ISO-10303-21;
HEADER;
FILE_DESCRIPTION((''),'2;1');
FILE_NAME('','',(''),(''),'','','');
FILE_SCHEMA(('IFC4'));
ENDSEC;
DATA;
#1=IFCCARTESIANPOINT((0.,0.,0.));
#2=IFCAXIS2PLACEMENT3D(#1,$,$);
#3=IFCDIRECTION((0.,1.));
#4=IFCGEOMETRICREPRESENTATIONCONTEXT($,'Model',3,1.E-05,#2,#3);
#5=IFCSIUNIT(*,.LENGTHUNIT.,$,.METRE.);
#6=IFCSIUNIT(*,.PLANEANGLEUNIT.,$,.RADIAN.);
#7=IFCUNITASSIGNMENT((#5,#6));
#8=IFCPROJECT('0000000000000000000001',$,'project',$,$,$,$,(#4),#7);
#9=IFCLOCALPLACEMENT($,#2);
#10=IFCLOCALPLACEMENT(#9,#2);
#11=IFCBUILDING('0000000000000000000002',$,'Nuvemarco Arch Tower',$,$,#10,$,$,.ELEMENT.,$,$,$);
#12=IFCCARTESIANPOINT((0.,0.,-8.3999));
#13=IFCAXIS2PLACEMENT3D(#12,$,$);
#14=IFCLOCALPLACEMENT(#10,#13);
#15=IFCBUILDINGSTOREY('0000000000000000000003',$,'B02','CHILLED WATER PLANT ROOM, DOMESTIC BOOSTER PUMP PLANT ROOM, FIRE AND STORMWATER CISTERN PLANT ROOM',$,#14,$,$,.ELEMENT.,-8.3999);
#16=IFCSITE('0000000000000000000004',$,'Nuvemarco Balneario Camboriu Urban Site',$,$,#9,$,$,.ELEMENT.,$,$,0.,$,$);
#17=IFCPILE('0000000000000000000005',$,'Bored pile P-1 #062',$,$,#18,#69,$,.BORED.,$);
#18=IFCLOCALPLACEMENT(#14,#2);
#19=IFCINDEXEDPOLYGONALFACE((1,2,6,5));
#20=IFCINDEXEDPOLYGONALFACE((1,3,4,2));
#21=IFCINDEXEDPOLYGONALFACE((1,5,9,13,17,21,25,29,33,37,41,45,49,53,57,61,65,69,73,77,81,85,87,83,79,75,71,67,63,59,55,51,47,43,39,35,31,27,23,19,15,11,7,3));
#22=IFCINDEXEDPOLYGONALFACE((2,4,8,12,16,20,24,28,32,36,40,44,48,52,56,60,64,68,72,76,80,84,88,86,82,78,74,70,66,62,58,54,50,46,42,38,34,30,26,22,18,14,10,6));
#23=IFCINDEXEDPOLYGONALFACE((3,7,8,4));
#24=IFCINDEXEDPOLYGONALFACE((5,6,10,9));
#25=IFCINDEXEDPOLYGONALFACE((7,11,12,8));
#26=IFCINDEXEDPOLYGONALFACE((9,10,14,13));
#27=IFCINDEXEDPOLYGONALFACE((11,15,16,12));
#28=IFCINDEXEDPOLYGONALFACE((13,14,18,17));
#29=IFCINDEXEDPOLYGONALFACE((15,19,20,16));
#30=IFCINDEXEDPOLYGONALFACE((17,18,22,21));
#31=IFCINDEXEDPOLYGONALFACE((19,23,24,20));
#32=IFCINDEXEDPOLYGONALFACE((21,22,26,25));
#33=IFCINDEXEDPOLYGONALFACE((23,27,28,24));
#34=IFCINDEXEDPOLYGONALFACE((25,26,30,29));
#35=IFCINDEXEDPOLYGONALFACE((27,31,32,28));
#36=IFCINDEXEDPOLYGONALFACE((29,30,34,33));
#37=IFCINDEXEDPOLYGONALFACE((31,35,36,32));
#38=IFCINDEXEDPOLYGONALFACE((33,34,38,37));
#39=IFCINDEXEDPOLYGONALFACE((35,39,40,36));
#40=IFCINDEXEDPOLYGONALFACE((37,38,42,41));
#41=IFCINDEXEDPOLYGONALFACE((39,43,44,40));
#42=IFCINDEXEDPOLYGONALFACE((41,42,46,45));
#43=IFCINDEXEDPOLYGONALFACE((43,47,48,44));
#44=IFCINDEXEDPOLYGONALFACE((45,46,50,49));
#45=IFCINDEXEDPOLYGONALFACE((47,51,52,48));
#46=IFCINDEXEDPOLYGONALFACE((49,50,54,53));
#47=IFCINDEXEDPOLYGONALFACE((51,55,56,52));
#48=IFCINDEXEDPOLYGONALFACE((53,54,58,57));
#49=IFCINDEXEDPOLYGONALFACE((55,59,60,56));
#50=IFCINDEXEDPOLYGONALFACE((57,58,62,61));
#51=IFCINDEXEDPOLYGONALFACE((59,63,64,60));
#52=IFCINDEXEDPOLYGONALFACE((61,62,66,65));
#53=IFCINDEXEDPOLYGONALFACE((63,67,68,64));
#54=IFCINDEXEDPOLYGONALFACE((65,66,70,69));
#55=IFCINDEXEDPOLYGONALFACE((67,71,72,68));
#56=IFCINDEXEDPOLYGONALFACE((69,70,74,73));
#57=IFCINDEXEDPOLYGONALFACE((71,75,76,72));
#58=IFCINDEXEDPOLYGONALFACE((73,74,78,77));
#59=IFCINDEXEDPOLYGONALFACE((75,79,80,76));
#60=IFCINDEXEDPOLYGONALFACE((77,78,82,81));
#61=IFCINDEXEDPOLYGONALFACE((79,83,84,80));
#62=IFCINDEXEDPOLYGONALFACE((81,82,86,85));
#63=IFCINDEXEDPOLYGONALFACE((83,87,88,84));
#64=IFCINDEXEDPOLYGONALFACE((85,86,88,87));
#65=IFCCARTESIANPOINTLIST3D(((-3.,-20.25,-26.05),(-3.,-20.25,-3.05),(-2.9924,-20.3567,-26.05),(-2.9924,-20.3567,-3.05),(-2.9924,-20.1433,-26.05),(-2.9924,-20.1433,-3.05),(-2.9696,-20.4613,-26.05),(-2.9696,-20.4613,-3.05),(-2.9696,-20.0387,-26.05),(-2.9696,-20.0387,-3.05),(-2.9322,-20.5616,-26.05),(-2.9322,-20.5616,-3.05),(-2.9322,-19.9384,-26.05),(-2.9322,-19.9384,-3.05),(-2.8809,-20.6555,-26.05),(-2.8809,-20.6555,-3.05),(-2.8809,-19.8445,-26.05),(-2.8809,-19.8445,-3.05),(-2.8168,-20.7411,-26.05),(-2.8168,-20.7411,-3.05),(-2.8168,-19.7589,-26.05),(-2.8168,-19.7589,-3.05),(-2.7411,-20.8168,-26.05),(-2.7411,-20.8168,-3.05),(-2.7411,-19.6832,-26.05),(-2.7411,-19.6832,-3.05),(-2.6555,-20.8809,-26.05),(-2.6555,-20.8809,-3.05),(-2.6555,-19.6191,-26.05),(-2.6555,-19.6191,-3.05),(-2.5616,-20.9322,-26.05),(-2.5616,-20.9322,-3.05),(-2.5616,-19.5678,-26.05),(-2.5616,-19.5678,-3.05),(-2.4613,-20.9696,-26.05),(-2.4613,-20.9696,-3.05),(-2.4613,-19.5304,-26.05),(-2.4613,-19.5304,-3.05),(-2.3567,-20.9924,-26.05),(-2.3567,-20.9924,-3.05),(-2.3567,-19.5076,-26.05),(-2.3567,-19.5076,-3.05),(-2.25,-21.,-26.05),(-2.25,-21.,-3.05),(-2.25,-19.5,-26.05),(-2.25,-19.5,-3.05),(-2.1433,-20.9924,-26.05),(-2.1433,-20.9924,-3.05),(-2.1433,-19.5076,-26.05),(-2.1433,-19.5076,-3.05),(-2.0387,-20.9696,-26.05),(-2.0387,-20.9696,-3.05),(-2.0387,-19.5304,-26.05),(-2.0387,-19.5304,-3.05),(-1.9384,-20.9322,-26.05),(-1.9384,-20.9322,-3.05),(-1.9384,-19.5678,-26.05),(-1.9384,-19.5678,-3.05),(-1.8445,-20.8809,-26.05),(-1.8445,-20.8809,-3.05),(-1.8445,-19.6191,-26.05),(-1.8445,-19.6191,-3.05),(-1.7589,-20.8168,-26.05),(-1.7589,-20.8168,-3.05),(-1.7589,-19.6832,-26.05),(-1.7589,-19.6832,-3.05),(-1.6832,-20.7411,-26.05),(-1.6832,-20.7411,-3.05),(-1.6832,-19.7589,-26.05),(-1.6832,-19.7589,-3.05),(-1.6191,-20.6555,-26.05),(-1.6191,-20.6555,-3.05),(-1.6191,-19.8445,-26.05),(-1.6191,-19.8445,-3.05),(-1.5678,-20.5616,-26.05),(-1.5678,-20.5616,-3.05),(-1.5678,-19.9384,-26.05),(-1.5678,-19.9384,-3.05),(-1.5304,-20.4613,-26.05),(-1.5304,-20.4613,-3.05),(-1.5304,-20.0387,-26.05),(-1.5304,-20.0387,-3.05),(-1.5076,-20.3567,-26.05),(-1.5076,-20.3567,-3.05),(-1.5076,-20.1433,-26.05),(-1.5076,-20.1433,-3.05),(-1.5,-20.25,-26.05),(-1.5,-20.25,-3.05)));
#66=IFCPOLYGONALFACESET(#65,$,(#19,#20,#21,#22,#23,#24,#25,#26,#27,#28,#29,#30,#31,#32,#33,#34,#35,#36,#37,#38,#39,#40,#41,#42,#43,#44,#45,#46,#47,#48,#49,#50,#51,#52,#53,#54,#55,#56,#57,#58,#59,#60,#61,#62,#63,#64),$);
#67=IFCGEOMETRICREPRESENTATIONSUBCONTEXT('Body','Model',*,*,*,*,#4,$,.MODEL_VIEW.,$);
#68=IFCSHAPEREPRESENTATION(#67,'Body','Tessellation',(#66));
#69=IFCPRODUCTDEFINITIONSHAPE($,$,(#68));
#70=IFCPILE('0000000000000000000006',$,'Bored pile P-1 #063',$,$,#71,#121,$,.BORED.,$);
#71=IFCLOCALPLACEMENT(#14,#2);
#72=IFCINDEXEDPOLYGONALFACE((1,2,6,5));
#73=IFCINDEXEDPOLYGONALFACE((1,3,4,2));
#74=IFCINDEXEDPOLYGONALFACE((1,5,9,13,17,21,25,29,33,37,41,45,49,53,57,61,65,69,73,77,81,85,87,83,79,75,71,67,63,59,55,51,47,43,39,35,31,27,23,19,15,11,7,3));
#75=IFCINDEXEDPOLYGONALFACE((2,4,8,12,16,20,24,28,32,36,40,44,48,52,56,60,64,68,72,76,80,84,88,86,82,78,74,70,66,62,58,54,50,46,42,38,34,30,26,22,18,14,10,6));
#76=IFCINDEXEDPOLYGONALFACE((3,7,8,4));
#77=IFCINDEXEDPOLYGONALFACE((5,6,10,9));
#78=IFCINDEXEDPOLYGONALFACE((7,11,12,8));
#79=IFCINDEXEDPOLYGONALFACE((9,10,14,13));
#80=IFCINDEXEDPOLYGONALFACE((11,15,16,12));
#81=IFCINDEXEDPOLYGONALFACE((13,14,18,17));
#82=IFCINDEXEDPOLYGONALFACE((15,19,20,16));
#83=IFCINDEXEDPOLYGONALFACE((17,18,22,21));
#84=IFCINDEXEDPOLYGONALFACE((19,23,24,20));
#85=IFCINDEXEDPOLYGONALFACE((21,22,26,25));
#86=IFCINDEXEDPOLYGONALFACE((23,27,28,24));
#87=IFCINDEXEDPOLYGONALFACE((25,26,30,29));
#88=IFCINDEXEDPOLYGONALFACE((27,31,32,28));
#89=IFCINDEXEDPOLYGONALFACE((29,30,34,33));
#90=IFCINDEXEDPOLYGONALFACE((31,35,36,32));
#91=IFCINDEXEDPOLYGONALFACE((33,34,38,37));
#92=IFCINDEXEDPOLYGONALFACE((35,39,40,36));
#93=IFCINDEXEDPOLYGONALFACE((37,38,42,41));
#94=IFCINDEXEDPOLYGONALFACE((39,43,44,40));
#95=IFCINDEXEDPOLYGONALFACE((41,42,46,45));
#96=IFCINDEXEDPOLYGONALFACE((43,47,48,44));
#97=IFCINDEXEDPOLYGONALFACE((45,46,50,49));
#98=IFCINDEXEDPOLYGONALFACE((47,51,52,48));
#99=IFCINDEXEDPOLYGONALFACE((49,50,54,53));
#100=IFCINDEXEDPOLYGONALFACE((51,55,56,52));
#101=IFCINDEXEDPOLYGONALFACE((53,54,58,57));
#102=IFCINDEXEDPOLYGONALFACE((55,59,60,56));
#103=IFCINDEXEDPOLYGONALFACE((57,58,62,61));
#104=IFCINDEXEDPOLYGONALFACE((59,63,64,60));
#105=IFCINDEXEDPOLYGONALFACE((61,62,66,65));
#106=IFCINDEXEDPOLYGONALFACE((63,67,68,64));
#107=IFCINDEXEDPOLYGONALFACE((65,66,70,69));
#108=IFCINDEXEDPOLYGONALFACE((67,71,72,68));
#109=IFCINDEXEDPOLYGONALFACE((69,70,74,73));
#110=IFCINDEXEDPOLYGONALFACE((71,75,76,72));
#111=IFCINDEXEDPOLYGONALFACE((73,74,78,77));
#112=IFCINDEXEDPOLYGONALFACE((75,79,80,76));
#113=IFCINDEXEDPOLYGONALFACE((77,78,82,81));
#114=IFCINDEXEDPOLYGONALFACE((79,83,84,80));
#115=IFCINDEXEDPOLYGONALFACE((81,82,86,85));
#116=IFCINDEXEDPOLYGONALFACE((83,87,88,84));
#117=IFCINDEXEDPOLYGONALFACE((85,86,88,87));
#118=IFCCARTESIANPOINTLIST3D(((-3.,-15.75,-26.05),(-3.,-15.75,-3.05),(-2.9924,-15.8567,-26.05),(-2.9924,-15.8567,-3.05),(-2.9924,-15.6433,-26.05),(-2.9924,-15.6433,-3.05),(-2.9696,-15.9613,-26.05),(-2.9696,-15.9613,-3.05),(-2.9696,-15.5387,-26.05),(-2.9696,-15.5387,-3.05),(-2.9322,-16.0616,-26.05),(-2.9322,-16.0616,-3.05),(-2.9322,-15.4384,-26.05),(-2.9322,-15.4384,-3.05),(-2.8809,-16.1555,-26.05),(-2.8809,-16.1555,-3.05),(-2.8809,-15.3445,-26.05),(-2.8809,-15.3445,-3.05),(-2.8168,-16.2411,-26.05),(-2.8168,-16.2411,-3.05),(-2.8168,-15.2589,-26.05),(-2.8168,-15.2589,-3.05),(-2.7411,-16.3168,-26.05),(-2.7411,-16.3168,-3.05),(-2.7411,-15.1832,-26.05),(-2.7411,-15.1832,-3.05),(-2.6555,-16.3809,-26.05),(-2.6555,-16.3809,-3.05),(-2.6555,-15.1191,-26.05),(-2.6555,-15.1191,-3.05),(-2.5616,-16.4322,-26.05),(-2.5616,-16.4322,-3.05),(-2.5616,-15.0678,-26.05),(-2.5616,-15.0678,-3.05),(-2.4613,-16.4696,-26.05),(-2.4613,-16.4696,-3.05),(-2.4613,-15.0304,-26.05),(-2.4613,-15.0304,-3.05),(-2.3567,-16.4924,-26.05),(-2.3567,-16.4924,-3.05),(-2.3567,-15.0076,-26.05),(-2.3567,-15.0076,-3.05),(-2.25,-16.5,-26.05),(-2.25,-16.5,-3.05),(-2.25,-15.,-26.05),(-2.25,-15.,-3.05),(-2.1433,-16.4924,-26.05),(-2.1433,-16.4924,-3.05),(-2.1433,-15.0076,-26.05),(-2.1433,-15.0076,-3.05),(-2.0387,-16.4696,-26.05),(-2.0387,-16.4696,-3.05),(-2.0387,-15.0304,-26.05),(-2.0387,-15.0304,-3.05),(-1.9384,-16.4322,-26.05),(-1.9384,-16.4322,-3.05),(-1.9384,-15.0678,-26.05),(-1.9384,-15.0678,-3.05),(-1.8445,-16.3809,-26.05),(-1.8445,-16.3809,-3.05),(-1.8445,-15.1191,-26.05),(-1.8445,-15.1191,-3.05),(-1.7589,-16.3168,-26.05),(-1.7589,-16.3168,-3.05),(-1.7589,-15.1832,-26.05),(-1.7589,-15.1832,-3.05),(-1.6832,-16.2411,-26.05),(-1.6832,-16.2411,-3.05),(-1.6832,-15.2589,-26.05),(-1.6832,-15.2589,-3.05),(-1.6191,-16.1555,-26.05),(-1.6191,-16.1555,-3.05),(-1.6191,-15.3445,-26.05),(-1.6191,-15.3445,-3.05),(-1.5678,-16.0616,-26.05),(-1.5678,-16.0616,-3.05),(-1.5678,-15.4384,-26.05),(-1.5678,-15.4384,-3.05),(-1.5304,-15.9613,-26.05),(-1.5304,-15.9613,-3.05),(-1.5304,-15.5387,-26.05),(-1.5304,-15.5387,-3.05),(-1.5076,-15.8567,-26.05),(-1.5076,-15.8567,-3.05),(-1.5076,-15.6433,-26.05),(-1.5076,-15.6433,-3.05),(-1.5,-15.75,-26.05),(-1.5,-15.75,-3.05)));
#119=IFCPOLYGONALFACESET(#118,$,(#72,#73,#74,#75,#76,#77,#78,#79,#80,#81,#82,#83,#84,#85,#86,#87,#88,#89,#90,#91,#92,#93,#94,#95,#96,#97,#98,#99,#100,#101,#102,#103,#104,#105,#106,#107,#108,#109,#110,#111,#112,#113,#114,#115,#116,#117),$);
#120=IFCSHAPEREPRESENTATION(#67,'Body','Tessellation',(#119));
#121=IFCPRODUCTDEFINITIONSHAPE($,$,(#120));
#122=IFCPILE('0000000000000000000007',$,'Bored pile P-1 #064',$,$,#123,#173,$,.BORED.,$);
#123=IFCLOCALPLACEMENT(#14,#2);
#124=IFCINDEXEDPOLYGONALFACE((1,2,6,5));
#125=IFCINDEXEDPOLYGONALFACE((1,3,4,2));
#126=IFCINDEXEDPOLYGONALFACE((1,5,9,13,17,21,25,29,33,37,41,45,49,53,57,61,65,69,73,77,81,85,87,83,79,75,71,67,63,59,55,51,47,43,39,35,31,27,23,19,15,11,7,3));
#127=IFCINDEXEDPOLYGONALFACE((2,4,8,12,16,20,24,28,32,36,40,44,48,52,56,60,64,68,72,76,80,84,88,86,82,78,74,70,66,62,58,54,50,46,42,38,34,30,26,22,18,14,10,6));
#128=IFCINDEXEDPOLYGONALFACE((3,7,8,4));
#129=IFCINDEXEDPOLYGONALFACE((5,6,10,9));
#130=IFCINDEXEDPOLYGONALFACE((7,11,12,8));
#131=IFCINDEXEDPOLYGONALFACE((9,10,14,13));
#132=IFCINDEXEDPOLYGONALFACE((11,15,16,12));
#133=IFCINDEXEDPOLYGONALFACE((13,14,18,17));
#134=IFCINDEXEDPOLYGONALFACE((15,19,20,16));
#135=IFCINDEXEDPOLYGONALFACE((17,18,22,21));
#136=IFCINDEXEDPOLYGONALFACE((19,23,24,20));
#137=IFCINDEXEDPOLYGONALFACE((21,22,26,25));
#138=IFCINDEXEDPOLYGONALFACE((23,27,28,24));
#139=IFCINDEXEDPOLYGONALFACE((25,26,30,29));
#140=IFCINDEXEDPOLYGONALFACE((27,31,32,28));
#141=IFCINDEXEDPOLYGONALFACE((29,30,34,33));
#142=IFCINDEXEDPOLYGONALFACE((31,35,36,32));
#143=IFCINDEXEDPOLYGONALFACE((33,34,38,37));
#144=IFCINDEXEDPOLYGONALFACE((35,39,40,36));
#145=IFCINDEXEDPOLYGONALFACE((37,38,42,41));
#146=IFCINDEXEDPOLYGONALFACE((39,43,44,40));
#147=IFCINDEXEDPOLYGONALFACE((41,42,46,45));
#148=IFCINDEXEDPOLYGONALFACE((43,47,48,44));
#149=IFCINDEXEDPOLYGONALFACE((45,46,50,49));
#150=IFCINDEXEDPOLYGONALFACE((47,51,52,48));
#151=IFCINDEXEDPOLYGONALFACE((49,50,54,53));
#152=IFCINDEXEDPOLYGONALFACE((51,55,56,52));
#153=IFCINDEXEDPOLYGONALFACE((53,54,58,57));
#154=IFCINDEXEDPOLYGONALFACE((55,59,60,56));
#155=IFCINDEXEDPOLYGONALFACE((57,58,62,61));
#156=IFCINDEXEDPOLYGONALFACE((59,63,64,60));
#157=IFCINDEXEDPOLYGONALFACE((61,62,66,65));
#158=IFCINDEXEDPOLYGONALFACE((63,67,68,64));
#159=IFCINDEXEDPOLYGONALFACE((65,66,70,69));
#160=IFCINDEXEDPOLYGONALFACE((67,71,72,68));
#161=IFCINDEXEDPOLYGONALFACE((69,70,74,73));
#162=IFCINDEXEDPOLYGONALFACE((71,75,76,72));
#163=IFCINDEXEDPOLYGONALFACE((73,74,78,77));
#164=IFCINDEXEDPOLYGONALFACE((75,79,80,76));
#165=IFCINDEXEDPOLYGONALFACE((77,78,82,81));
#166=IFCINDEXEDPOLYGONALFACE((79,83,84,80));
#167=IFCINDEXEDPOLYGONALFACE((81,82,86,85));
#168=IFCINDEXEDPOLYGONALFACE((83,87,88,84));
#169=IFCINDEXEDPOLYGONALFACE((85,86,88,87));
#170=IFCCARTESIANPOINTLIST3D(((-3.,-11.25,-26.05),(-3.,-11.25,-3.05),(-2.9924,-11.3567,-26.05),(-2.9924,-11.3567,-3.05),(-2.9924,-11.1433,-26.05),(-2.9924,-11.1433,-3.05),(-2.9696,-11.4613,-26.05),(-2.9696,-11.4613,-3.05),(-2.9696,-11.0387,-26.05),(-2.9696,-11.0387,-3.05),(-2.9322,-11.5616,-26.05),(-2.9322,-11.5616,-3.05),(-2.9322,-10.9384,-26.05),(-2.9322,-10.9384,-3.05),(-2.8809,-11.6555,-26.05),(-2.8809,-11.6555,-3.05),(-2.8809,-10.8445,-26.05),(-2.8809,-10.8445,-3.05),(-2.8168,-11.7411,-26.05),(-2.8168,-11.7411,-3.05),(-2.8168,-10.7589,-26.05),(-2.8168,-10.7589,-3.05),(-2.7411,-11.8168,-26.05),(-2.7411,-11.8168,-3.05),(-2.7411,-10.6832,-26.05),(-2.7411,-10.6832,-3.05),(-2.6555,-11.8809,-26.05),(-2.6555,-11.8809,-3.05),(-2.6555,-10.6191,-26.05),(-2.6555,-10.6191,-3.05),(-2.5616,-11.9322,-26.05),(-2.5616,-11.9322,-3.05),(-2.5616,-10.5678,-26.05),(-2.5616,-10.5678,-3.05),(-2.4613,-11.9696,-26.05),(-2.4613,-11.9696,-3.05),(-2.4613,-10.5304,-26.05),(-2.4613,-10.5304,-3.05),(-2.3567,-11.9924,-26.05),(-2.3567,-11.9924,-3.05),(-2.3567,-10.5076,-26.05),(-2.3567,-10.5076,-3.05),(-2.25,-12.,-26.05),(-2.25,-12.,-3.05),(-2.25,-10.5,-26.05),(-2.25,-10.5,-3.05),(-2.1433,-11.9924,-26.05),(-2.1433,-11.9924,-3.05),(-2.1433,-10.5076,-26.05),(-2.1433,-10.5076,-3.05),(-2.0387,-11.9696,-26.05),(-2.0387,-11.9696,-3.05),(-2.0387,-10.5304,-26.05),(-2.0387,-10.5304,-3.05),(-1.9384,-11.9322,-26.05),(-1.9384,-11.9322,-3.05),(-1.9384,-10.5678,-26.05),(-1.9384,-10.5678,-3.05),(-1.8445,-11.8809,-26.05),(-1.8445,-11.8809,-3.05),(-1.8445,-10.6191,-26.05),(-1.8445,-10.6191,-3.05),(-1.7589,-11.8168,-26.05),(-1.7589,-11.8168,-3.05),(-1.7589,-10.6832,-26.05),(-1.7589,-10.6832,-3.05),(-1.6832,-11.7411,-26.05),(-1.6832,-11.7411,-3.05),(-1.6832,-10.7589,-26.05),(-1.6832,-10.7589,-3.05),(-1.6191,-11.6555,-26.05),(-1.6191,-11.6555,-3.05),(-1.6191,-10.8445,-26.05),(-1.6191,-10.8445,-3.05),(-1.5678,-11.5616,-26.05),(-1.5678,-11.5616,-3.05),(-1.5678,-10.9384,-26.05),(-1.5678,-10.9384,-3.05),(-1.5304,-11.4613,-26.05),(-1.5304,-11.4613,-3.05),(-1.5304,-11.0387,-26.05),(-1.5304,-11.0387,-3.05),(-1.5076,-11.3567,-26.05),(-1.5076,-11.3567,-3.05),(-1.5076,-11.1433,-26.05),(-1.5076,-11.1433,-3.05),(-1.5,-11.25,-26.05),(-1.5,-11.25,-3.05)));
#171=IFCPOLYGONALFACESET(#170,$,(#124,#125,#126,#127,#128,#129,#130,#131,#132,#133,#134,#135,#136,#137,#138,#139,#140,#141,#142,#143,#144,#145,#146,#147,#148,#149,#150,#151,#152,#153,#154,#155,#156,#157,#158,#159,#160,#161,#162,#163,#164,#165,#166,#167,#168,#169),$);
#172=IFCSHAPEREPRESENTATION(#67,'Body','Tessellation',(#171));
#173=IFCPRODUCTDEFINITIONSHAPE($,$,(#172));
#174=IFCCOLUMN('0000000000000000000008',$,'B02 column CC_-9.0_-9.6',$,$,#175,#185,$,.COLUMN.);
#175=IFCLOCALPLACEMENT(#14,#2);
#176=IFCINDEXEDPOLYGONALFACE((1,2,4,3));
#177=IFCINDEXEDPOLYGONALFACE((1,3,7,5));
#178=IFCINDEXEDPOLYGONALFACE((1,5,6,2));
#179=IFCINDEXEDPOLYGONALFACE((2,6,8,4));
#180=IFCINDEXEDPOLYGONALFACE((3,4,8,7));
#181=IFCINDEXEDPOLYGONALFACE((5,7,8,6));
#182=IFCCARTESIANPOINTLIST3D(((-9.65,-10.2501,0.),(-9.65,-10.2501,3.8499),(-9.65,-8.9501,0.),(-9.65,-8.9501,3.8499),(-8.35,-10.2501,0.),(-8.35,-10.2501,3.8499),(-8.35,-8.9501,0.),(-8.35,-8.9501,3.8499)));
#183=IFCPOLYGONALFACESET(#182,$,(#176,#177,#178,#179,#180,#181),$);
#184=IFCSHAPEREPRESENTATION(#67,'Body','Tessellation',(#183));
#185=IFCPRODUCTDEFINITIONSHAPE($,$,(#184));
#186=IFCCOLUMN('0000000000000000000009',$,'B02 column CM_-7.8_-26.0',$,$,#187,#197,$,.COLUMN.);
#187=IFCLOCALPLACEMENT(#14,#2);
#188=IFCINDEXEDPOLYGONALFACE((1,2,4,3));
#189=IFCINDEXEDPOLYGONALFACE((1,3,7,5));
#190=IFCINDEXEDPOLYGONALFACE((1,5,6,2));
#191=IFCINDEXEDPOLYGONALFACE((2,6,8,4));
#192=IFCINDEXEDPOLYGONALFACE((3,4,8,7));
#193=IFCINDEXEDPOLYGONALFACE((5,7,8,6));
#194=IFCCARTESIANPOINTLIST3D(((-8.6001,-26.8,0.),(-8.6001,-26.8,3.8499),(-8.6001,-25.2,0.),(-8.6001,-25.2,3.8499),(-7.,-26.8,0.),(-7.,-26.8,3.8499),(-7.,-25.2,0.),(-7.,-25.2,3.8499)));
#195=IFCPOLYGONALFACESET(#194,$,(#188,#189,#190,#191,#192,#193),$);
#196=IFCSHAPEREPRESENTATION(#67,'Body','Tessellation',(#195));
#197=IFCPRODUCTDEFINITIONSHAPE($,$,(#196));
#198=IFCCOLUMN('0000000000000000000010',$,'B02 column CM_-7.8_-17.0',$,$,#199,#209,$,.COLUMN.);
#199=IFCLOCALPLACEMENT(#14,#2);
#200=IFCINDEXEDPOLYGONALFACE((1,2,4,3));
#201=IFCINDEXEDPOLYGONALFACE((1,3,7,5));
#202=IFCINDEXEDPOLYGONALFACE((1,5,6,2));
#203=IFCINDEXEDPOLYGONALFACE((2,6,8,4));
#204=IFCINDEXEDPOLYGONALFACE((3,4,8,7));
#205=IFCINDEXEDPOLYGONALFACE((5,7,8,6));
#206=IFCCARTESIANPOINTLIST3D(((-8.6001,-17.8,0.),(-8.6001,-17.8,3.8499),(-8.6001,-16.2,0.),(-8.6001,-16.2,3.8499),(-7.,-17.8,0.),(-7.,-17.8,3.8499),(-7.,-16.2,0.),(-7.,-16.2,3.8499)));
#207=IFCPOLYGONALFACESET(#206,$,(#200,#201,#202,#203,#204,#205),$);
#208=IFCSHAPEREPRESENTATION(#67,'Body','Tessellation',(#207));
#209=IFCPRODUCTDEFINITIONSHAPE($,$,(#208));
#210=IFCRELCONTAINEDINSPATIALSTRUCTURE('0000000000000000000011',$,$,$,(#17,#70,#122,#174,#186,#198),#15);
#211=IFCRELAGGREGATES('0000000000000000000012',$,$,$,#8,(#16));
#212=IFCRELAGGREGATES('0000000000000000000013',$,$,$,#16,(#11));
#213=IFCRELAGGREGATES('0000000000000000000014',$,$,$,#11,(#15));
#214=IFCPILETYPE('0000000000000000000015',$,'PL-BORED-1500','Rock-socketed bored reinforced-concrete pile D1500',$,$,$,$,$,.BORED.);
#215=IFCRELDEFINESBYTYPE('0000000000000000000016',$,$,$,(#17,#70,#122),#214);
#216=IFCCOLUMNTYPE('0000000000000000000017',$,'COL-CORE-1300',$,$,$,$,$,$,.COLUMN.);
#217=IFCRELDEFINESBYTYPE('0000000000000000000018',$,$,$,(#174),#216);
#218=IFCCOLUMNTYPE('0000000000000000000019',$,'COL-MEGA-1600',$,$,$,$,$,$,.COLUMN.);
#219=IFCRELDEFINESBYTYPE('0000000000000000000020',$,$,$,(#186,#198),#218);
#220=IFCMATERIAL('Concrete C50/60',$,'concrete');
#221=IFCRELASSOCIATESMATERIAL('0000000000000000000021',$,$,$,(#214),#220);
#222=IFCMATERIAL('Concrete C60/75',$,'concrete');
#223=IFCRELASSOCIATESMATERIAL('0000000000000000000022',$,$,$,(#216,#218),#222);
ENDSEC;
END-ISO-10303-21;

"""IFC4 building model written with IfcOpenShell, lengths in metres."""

from ifc_helpers import new_model, si_unit, direction, frame, origin, origin_2d, place, context, subcontext, project, spatial, rectangle, circle, extrude, material, material_profile, profile_set, type_object, element, save


model = new_model("IFC4")

# Units and contexts
model_context = context("Model", 3, precision=1e-05, world=origin(), true_north=direction((0.0, 1.0)))
body_context = subcontext(model_context, "Body", "Model", "MODEL_VIEW")
ifc_project = project(units=[si_unit("LENGTHUNIT", "METRE"), si_unit("PLANEANGLEUNIT", "RADIAN")], contexts=[model_context])

# Site, building, storey
site_placement = place(None, origin())
site = spatial("IfcSite", under=ifc_project, at=site_placement, Name="Nuvemarco Balneario Camboriu Urban Site", CompositionType="ELEMENT", RefElevation=0.0)
building_placement = place(site_placement, origin())
building = spatial("IfcBuilding", under=site, at=building_placement, Name="Nuvemarco Arch Tower", CompositionType="ELEMENT")
storey_placement = place(building_placement, frame((0.0, 0.0, -8.3999)))
storey = spatial("IfcBuildingStorey", under=building, at=storey_placement, Name="B02", Description="CHILLED WATER PLANT ROOM, DOMESTIC BOOSTER PUMP PLANT ROOM, FIRE AND STORMWATER CISTERN PLANT ROOM", CompositionType="ELEMENT", Elevation=-8.3999)

# Piles
ifc_material_1 = material(Name="Concrete C50/60", Category="concrete")
ifc_material_profile_1 = material_profile(ifc_material_1, circle(Radius=0.75, at=origin_2d()), Name="PILE-D1500")
ifc_profile_set_1 = profile_set([ifc_material_profile_1], Name="Concrete C50/60")
pile_type = type_object("IfcPileType", Name="PL-BORED-1500", Description="Rock-socketed bored reinforced-concrete pile D1500", PredefinedType="BORED", material=ifc_profile_set_1)
for number, where, z_axis, x_axis, name in (
    (1, (-2.25, -20.25, -3.05), (0.0, 0.0, -1.0), (1.0, 0.0, 0.0), "Bored pile P-1 #062"),
    (2, (-2.25, -15.75, -3.05), (0.0, 0.0, -1.0), (1.0, 0.0, 0.0), "Bored pile P-1 #063"),
    (3, (-2.25, -11.25, -3.05), (0.0, 0.0, -1.0), (1.0, 0.0, 0.0), "Bored pile P-1 #064"),
):
    element("IfcPile", number, at=place(storey_placement, frame(where, z_axis=z_axis, x_axis=x_axis)), inside=storey, type_object=pile_type, Name=name, PredefinedType="BORED", context=body_context, shape_type="SweptSolid", body=[
        extrude(circle(Radius=0.75, at=origin_2d()), origin(), (0.0, 0.0, 1.0), 23.0),
    ])

# Columns
ifc_material_2 = material(Name="Concrete C60/75", Category="concrete")
ifc_material_profile_2 = material_profile(ifc_material_2, rectangle(XDim=1.3, YDim=1.3, at=origin_2d()), Name="RC-COL-1300x1300")
ifc_profile_set_2 = profile_set([ifc_material_profile_2], Name="Concrete C60/75")
column_type_1 = type_object("IfcColumnType", Name="COL-CORE-1300", PredefinedType="COLUMN", material=ifc_profile_set_2)
column_placement = place(storey_placement, frame((-9.0, -9.6001, 0.0), z_axis=(0.0, 0.0, 1.0), x_axis=(1.0, 0.0, 0.0)))
element("IfcColumn", 4, at=column_placement, inside=storey, type_object=column_type_1, Name="B02 column CC_-9.0_-9.6", PredefinedType="COLUMN", context=body_context, shape_type="SweptSolid", body=[
    extrude(rectangle(XDim=1.3, YDim=1.3, at=origin_2d()), origin(), (0.0, 0.0, 1.0), 3.8499),
])
ifc_material_profile_3 = material_profile(ifc_material_2, rectangle(XDim=1.6001, YDim=1.6001, at=origin_2d()), Name="RC-COL-1600x1600")
ifc_profile_set_3 = profile_set([ifc_material_profile_3], Name="Concrete C60/75")
column_type_2 = type_object("IfcColumnType", Name="COL-MEGA-1600", PredefinedType="COLUMN", material=ifc_profile_set_3)
for number, where, z_axis, x_axis, name in (
    (5, (-7.8, -26.0, 0.0), (0.0, 0.0, 1.0), (1.0, 0.0, 0.0), "B02 column CM_-7.8_-26.0"),
    (6, (-7.8, -17.0, 0.0), (0.0, 0.0, 1.0), (1.0, 0.0, 0.0), "B02 column CM_-7.8_-17.0"),
):
    element("IfcColumn", number, at=place(storey_placement, frame(where, z_axis=z_axis, x_axis=x_axis)), inside=storey, type_object=column_type_2, Name=name, PredefinedType="COLUMN", context=body_context, shape_type="SweptSolid", body=[
        extrude(rectangle(XDim=1.6001, YDim=1.6001, at=origin_2d()), origin(), (0.0, 0.0, 1.0), 3.8499),
    ])

save(model, "model.ifc")
